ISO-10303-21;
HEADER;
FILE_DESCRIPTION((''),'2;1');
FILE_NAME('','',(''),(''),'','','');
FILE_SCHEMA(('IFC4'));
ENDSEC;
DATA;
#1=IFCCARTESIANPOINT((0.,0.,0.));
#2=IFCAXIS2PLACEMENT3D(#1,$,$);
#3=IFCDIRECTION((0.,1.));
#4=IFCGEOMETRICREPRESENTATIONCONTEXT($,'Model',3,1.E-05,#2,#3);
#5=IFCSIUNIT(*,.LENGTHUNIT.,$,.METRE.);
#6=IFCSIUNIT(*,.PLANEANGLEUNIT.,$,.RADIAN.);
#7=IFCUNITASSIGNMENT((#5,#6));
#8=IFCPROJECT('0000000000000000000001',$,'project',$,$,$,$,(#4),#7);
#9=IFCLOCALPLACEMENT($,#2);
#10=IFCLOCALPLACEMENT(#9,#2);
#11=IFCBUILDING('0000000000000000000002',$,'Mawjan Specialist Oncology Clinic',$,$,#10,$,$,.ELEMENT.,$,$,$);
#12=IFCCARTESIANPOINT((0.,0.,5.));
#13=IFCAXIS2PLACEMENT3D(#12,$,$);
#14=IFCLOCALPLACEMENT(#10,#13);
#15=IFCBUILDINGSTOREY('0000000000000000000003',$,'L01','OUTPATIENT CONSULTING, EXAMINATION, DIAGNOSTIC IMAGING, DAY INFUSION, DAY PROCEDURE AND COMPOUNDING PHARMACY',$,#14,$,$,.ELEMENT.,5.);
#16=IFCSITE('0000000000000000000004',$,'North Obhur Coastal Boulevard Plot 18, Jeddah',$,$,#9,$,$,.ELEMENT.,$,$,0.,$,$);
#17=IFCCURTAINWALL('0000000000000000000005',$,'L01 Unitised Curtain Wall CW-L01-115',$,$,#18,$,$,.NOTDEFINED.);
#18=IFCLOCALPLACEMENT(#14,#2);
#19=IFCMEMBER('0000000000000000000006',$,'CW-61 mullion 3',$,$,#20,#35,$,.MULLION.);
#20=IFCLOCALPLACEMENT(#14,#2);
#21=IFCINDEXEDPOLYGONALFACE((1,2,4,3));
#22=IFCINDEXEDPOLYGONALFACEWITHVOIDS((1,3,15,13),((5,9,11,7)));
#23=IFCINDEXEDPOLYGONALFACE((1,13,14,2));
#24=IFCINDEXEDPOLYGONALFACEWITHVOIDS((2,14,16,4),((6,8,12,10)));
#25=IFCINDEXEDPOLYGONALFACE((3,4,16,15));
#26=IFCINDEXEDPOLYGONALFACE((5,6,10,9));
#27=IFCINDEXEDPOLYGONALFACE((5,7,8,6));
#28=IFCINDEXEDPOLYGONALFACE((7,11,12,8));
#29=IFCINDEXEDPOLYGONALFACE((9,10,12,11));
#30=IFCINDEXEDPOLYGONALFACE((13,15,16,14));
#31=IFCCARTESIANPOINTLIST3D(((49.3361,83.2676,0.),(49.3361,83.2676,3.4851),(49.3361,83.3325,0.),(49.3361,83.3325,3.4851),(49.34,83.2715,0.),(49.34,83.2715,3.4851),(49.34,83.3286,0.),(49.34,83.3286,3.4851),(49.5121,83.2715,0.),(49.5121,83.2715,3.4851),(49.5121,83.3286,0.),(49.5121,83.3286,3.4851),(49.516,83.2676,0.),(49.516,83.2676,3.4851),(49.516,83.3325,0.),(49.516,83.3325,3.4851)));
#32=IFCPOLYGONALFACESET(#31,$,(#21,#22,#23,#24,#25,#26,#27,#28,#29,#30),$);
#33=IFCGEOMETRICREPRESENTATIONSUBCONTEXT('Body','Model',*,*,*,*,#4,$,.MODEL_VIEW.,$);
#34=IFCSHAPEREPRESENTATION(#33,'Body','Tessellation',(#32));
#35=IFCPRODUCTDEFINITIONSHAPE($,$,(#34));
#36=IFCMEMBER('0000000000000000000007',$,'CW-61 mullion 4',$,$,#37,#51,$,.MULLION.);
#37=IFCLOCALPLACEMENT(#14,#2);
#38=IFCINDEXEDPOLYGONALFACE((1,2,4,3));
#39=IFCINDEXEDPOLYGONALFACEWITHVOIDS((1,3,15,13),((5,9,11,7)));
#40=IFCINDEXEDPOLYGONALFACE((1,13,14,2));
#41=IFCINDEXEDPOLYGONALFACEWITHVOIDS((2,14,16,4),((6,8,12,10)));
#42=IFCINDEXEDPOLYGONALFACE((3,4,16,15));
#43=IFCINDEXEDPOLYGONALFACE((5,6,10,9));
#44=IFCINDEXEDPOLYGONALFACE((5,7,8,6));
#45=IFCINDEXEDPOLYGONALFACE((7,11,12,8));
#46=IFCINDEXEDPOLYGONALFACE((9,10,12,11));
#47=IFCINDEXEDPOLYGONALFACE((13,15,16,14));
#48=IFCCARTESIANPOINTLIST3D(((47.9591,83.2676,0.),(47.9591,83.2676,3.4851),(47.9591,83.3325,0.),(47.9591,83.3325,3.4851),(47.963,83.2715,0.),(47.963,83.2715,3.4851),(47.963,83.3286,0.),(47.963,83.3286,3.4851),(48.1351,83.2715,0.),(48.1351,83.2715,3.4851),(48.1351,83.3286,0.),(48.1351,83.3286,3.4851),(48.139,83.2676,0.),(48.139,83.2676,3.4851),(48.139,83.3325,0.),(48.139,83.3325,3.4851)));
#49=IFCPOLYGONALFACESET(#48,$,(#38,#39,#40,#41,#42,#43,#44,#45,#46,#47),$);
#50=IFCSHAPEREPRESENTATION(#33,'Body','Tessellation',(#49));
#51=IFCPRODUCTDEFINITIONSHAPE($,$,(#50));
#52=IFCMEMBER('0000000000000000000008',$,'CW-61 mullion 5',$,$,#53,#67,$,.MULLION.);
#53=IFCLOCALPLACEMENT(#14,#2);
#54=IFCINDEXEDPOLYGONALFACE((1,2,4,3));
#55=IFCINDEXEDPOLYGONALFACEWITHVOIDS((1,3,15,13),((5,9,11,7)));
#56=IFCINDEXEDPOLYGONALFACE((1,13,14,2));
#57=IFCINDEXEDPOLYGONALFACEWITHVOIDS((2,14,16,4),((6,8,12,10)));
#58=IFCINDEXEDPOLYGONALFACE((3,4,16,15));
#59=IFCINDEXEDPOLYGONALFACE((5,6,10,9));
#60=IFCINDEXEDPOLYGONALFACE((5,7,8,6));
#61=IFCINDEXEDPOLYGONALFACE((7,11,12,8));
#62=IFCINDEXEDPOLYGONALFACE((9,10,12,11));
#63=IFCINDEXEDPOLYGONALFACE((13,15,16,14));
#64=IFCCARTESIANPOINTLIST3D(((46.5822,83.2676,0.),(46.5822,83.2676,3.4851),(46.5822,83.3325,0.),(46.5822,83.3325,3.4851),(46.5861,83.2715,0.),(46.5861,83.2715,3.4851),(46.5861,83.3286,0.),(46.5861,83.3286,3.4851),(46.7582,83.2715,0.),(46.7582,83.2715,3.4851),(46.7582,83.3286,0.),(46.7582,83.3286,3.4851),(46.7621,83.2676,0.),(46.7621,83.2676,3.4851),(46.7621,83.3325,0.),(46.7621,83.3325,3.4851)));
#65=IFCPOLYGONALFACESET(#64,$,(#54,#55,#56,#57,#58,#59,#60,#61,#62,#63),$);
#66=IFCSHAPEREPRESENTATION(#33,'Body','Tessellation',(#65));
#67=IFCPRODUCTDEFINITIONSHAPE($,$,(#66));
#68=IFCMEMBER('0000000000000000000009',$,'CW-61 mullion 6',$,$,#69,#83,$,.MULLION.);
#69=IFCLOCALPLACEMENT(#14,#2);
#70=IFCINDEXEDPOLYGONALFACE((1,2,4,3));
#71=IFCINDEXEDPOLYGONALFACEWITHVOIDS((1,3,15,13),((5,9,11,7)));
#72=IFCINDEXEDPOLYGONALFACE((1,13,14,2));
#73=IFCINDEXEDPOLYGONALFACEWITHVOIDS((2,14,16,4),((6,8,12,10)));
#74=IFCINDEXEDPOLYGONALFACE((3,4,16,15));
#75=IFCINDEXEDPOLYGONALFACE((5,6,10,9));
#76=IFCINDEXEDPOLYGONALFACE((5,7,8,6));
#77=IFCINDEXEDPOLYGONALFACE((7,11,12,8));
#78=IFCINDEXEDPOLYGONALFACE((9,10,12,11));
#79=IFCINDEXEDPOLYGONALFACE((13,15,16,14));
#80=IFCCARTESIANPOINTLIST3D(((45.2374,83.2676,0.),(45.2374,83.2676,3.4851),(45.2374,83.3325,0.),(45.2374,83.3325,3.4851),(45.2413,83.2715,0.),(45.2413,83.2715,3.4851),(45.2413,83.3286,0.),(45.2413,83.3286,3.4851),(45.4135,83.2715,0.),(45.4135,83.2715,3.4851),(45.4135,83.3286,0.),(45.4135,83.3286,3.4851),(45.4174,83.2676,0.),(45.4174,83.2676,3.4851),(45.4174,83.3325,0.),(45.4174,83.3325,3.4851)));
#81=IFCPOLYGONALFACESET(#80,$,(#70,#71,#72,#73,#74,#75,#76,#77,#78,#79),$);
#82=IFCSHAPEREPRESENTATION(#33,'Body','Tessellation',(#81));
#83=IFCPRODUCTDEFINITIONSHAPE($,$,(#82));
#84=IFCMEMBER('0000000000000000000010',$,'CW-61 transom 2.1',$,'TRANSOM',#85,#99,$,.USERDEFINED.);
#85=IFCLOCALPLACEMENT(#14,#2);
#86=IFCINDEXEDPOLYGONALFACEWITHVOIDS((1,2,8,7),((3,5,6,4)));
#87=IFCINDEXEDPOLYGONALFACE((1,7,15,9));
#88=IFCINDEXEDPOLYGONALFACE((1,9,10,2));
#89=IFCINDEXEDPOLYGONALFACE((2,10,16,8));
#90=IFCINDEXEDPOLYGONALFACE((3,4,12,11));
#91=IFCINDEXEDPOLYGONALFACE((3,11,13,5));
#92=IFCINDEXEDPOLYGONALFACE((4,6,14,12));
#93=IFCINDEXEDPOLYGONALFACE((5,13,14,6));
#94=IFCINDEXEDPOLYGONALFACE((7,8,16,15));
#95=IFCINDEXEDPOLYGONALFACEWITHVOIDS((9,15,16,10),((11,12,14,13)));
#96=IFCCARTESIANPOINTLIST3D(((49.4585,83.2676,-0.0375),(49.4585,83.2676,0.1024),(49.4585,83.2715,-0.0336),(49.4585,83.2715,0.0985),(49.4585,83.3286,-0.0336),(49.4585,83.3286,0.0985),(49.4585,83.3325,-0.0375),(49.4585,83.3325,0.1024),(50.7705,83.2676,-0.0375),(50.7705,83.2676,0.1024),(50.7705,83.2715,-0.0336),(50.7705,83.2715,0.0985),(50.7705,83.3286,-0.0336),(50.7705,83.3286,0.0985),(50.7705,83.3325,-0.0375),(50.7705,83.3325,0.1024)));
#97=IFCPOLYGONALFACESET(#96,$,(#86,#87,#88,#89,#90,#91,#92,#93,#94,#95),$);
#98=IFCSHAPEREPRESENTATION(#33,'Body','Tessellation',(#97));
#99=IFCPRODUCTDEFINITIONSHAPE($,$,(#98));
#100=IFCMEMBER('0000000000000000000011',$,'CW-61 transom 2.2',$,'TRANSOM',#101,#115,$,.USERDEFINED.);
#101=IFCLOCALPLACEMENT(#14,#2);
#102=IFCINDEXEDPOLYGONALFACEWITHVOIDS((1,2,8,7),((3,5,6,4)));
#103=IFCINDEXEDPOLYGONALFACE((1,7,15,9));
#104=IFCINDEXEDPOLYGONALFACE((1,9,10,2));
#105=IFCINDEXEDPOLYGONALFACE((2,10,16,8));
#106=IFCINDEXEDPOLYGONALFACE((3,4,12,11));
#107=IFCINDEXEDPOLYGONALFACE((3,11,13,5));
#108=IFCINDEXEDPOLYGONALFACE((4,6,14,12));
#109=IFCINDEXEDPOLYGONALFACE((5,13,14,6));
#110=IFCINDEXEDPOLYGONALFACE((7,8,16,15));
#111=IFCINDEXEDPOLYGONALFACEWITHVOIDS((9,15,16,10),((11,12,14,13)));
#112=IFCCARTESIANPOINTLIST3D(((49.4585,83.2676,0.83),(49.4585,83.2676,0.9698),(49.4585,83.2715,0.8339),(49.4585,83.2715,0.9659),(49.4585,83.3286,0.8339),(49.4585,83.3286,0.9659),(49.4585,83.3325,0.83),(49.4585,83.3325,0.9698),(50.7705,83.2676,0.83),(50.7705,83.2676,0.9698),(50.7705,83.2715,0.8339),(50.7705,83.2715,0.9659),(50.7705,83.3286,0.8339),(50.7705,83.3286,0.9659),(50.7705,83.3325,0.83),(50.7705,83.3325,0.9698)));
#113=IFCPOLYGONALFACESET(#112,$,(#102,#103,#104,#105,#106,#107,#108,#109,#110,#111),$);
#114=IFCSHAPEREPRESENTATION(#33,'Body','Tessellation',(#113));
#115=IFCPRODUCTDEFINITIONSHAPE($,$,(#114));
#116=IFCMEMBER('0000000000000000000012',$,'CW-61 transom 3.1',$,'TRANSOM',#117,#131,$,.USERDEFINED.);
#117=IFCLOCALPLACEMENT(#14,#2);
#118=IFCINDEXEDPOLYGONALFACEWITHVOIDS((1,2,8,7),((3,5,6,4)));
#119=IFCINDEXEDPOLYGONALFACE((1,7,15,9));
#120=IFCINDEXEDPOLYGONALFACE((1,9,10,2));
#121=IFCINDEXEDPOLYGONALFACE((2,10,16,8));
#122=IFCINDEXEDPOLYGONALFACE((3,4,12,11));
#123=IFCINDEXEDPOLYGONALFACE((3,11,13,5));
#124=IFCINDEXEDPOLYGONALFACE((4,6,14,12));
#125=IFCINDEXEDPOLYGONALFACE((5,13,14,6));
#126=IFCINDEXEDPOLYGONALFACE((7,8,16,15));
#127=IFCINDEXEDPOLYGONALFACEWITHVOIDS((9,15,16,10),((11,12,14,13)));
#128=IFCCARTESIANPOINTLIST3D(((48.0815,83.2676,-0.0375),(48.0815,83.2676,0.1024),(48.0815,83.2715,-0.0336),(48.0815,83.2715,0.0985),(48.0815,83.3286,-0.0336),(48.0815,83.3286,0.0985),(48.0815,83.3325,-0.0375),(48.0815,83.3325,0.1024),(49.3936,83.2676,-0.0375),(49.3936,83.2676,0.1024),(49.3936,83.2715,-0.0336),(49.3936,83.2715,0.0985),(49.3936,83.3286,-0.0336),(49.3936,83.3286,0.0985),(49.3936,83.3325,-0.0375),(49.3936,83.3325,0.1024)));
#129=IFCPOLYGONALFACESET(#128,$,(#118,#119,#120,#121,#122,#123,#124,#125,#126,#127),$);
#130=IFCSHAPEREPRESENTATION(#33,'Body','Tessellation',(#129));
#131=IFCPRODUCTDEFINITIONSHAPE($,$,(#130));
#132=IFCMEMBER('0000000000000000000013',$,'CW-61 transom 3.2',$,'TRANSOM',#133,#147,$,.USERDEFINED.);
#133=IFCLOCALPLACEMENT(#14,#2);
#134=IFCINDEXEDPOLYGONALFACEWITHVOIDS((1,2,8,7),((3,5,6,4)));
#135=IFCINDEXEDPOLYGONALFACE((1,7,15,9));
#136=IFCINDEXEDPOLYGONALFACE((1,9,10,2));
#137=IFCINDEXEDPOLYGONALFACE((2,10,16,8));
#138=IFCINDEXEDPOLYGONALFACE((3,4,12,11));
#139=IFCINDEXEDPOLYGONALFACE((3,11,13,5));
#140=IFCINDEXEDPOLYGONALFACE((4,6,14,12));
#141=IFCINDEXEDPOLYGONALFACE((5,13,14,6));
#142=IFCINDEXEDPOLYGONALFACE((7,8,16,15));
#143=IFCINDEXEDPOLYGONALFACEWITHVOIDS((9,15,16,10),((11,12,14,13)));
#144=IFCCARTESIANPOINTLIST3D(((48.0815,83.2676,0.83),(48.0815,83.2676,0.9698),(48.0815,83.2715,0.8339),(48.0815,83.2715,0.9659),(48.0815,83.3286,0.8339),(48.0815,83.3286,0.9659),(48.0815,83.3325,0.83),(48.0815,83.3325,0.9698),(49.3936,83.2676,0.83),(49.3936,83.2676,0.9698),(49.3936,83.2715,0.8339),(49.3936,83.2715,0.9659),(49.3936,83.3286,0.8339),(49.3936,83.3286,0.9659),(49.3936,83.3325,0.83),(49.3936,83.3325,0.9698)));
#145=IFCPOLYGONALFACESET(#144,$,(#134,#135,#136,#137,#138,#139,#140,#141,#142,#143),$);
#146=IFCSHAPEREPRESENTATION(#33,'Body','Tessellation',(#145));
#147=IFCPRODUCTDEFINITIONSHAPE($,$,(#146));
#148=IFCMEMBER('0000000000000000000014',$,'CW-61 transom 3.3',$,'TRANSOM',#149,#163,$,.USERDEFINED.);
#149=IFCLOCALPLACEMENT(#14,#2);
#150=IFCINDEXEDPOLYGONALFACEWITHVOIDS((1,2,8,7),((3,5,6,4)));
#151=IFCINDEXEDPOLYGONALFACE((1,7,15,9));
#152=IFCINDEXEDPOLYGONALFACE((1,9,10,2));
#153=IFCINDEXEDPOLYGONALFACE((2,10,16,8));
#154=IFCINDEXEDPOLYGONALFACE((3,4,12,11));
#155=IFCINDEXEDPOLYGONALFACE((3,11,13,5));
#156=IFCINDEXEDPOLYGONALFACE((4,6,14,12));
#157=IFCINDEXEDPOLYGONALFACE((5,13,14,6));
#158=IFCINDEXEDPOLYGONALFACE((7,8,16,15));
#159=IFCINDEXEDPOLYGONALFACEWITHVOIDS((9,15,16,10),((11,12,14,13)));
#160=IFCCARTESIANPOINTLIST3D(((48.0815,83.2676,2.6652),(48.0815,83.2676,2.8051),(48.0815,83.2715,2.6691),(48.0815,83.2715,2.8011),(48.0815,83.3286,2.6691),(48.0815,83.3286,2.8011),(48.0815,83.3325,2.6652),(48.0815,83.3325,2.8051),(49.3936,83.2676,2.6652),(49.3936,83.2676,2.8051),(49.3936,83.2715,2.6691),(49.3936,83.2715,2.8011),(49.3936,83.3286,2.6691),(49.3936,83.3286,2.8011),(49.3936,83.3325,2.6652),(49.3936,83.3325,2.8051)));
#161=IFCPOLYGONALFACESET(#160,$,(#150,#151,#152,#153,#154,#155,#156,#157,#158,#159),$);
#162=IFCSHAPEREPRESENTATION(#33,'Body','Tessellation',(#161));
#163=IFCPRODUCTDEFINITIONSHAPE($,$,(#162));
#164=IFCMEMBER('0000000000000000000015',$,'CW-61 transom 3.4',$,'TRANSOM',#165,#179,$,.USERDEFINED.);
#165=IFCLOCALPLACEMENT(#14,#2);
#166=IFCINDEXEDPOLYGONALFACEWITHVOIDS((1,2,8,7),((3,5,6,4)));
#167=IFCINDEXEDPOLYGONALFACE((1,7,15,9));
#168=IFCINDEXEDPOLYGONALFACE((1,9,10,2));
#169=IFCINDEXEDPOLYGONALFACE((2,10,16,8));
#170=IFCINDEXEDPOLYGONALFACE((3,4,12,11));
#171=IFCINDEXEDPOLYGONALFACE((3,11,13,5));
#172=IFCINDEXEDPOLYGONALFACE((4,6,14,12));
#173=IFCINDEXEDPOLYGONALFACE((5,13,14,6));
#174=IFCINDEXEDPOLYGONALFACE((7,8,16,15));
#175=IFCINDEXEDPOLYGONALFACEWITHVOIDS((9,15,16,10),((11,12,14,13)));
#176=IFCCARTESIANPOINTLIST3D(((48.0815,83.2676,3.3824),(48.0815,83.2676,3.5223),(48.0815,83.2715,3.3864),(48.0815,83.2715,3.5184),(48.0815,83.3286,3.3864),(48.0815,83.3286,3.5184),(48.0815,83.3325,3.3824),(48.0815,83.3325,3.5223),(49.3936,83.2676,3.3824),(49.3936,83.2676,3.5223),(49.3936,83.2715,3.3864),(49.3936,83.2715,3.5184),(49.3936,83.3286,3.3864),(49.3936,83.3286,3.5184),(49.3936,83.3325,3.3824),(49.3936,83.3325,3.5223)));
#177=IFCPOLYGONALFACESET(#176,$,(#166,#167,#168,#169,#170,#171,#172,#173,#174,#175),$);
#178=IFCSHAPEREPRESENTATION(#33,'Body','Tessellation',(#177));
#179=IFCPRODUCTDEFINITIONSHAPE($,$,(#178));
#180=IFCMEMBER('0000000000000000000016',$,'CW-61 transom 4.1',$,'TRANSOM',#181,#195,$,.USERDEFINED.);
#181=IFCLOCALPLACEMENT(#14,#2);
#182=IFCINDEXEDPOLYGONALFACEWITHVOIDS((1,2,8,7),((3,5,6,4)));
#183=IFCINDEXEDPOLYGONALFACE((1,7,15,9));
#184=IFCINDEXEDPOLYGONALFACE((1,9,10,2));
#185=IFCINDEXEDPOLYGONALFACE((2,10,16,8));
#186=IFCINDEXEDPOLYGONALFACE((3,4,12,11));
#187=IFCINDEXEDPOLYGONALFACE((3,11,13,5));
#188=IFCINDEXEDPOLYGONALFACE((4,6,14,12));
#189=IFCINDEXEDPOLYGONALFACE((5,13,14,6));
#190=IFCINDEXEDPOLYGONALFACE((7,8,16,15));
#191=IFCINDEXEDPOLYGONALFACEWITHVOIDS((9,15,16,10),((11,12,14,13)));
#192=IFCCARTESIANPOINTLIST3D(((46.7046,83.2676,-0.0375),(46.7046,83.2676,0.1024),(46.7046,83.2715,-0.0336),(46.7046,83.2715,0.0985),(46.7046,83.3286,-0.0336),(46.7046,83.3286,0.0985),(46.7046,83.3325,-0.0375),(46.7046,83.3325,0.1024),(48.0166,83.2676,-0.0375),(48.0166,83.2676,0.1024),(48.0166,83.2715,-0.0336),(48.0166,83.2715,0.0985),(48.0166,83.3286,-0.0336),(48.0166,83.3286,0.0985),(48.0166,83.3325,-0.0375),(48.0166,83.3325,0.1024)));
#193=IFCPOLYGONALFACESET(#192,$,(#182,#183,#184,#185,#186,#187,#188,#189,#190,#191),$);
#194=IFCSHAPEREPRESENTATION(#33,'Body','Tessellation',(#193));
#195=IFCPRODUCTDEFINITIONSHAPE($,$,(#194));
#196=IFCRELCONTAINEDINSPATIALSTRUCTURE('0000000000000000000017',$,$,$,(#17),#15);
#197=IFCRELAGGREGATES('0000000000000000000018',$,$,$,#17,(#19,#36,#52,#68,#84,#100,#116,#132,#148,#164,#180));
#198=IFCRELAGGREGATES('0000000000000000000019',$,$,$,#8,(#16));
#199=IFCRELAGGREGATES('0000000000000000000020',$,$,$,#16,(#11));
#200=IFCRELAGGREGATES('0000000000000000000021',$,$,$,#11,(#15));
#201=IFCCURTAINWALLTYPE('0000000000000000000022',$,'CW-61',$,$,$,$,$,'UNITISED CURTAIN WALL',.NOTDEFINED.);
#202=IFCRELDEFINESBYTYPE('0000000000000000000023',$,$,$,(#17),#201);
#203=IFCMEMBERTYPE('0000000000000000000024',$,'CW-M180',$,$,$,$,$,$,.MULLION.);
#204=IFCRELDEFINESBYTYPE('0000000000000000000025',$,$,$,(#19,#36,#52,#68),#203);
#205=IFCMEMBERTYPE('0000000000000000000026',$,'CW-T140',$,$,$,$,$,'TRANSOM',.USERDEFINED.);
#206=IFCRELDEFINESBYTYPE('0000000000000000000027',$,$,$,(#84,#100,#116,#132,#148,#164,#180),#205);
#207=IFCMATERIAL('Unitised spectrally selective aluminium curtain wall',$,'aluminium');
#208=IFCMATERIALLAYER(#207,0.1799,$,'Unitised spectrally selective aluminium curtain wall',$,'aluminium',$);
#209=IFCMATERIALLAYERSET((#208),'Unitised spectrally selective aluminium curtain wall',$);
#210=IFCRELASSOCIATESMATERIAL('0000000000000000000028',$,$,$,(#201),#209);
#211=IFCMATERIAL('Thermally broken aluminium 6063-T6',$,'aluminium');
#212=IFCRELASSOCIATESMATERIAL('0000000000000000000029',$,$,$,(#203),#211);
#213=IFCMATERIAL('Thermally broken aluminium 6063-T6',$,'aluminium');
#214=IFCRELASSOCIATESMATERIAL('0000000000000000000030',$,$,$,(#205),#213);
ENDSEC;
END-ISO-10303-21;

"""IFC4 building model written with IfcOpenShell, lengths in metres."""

from ifc_helpers import new_model, si_unit, direction, frame, origin, origin_2d, place, context, subcontext, project, spatial, hollow_rectangle, extrude, material, layer, layer_set, material_profile, profile_set, type_object, element, aggregate, save


model = new_model("IFC4")

# Units and contexts
model_context = context("Model", 3, precision=1e-05, world=origin(), true_north=direction((0.0, 1.0)))
body_context = subcontext(model_context, "Body", "Model", "MODEL_VIEW")
ifc_project = project(units=[si_unit("LENGTHUNIT", "METRE"), si_unit("PLANEANGLEUNIT", "RADIAN")], contexts=[model_context])

# Site, building, storey
site_placement = place(None, origin())
site = spatial("IfcSite", under=ifc_project, at=site_placement, Name="North Obhur Coastal Boulevard Plot 18, Jeddah", CompositionType="ELEMENT", RefElevation=0.0)
building_placement = place(site_placement, origin())
building = spatial("IfcBuilding", under=site, at=building_placement, Name="Mawjan Specialist Oncology Clinic", CompositionType="ELEMENT")
storey_placement = place(building_placement, frame((0.0, 0.0, 5.0)))
storey = spatial("IfcBuildingStorey", under=building, at=storey_placement, Name="L01", Description="OUTPATIENT CONSULTING, EXAMINATION, DIAGNOSTIC IMAGING, DAY INFUSION, DAY PROCEDURE AND COMPOUNDING PHARMACY", CompositionType="ELEMENT", Elevation=5.0)

# Curtain wall, members
ifc_material_1 = material(Name="Unitised spectrally selective aluminium curtain wall", Category="aluminium")
ifc_layer_1 = layer(ifc_material_1, 0.1799, Name="Unitised spectrally selective aluminium curtain wall", Category="aluminium")
ifc_layer_set_1 = layer_set([ifc_layer_1], Name="Unitised spectrally selective aluminium curtain wall")
curtain_wall_type = type_object("IfcCurtainWallType", Name="CW-61", ElementType="UNITISED CURTAIN WALL", PredefinedType="NOTDEFINED", material=ifc_layer_set_1)
curtain_wall_placement = place(storey_placement, origin())
curtain_wall = element("IfcCurtainWall", 1, at=curtain_wall_placement, inside=storey, type_object=curtain_wall_type, Name="L01 Unitised Curtain Wall CW-L01-115", PredefinedType="NOTDEFINED")
ifc_material_2 = material(Name="Thermally broken aluminium 6063-T6", Category="aluminium")
ifc_material_profile_1 = material_profile(ifc_material_2, hollow_rectangle(XDim=0.0649, YDim=0.1799, WallThickness=0.0039, at=origin_2d()), Name="ALU MULLION 180x65x4", Category="aluminium")
ifc_profile_set_1 = profile_set([ifc_material_profile_1], Name="Thermally broken aluminium 6063-T6")
member_type_1 = type_object("IfcMemberType", Name="CW-M180", PredefinedType="MULLION", material=ifc_profile_set_1)
member_1_placement = place(storey_placement, frame((49.426, 83.3, 0.0), z_axis=(0.0, 0.0, 1.0), x_axis=(0.0, -1.0, 0.0)))
member_1 = element("IfcMember", 2, at=member_1_placement, type_object=member_type_1, Name="CW-61 mullion 3", PredefinedType="MULLION", context=body_context, shape_type="SweptSolid", body=[
    extrude(hollow_rectangle(XDim=0.0649, YDim=0.1799, WallThickness=0.0039, at=origin_2d()), origin(), (0.0, 0.0, 1.0), 3.4851),
])
member_2_placement = place(storey_placement, frame((48.0491, 83.3, 0.0), z_axis=(0.0, 0.0, 1.0), x_axis=(0.0, -1.0, 0.0)))
member_2 = element("IfcMember", 3, at=member_2_placement, type_object=member_type_1, Name="CW-61 mullion 4", PredefinedType="MULLION", context=body_context, shape_type="SweptSolid", body=[
    extrude(hollow_rectangle(XDim=0.0649, YDim=0.1799, WallThickness=0.0039, at=origin_2d()), origin(), (0.0, 0.0, 1.0), 3.4851),
])
member_3_placement = place(storey_placement, frame((46.6721, 83.3, 0.0), z_axis=(0.0, 0.0, 1.0), x_axis=(0.0, -1.0, 0.0)))
member_3 = element("IfcMember", 4, at=member_3_placement, type_object=member_type_1, Name="CW-61 mullion 5", PredefinedType="MULLION", context=body_context, shape_type="SweptSolid", body=[
    extrude(hollow_rectangle(XDim=0.0649, YDim=0.1799, WallThickness=0.0039, at=origin_2d()), origin(), (0.0, 0.0, 1.0), 3.4851),
])
member_4_placement = place(storey_placement, frame((45.3274, 83.3, 0.0), z_axis=(0.0, 0.0, 1.0), x_axis=(0.0, -1.0, 0.0)))
member_4 = element("IfcMember", 5, at=member_4_placement, type_object=member_type_1, Name="CW-61 mullion 6", PredefinedType="MULLION", context=body_context, shape_type="SweptSolid", body=[
    extrude(hollow_rectangle(XDim=0.0649, YDim=0.1799, WallThickness=0.0039, at=origin_2d()), origin(), (0.0, 0.0, 1.0), 3.4851),
])
ifc_material_3 = material(Name="Thermally broken aluminium 6063-T6", Category="aluminium")
ifc_material_profile_2 = material_profile(ifc_material_3, hollow_rectangle(XDim=0.0649, YDim=0.1399, WallThickness=0.0039, at=origin_2d()), Name="ALU TRANSOM 140x65x4", Category="aluminium")
ifc_profile_set_2 = profile_set([ifc_material_profile_2], Name="Thermally broken aluminium 6063-T6")
member_type_2 = type_object("IfcMemberType", Name="CW-T140", ElementType="TRANSOM", PredefinedType="USERDEFINED", material=ifc_profile_set_2)
member_5_placement = place(storey_placement, frame((50.7705, 83.3, 0.0325), z_axis=(-1.0, 0.0, 0.0), x_axis=(0.0, -1.0, 0.0)))
member_5 = element("IfcMember", 6, at=member_5_placement, type_object=member_type_2, Name="CW-61 transom 2.1", ObjectType="TRANSOM", PredefinedType="USERDEFINED", context=body_context, shape_type="SweptSolid", body=[
    extrude(hollow_rectangle(XDim=0.0649, YDim=0.1399, WallThickness=0.0039, at=origin_2d()), origin(), (0.0, 0.0, 1.0), 1.312),
])
member_6_placement = place(storey_placement, frame((50.7705, 83.3, 0.8999), z_axis=(-1.0, 0.0, 0.0), x_axis=(0.0, -1.0, 0.0)))
member_6 = element("IfcMember", 7, at=member_6_placement, type_object=member_type_2, Name="CW-61 transom 2.2", ObjectType="TRANSOM", PredefinedType="USERDEFINED", context=body_context, shape_type="SweptSolid", body=[
    extrude(hollow_rectangle(XDim=0.0649, YDim=0.1399, WallThickness=0.0039, at=origin_2d()), origin(), (0.0, 0.0, 1.0), 1.312),
])
member_7_placement = place(storey_placement, frame((49.3936, 83.3, 0.0325), z_axis=(-1.0, 0.0, 0.0), x_axis=(0.0, -1.0, 0.0)))
member_7 = element("IfcMember", 8, at=member_7_placement, type_object=member_type_2, Name="CW-61 transom 3.1", ObjectType="TRANSOM", PredefinedType="USERDEFINED", context=body_context, shape_type="SweptSolid", body=[
    extrude(hollow_rectangle(XDim=0.0649, YDim=0.1399, WallThickness=0.0039, at=origin_2d()), origin(), (0.0, 0.0, 1.0), 1.312),
])
member_8_placement = place(storey_placement, frame((49.3936, 83.3, 0.8999), z_axis=(-1.0, 0.0, 0.0), x_axis=(0.0, -1.0, 0.0)))
member_8 = element("IfcMember", 9, at=member_8_placement, type_object=member_type_2, Name="CW-61 transom 3.2", ObjectType="TRANSOM", PredefinedType="USERDEFINED", context=body_context, shape_type="SweptSolid", body=[
    extrude(hollow_rectangle(XDim=0.0649, YDim=0.1399, WallThickness=0.0039, at=origin_2d()), origin(), (0.0, 0.0, 1.0), 1.312),
])
member_9_placement = place(storey_placement, frame((49.3936, 83.3, 2.7351), z_axis=(-1.0, 0.0, 0.0), x_axis=(0.0, -1.0, 0.0)))
member_9 = element("IfcMember", 10, at=member_9_placement, type_object=member_type_2, Name="CW-61 transom 3.3", ObjectType="TRANSOM", PredefinedType="USERDEFINED", context=body_context, shape_type="SweptSolid", body=[
    extrude(hollow_rectangle(XDim=0.0649, YDim=0.1399, WallThickness=0.0039, at=origin_2d()), origin(), (0.0, 0.0, 1.0), 1.312),
])
member_10_placement = place(storey_placement, frame((49.3936, 83.3, 3.4524), z_axis=(-1.0, 0.0, 0.0), x_axis=(0.0, -1.0, 0.0)))
member_10 = element("IfcMember", 11, at=member_10_placement, type_object=member_type_2, Name="CW-61 transom 3.4", ObjectType="TRANSOM", PredefinedType="USERDEFINED", context=body_context, shape_type="SweptSolid", body=[
    extrude(hollow_rectangle(XDim=0.0649, YDim=0.1399, WallThickness=0.0039, at=origin_2d()), origin(), (0.0, 0.0, 1.0), 1.312),
])
member_11_placement = place(storey_placement, frame((48.0166, 83.3, 0.0325), z_axis=(-1.0, 0.0, 0.0), x_axis=(0.0, -1.0, 0.0)))
member_11 = element("IfcMember", 12, at=member_11_placement, type_object=member_type_2, Name="CW-61 transom 4.1", ObjectType="TRANSOM", PredefinedType="USERDEFINED", context=body_context, shape_type="SweptSolid", body=[
    extrude(hollow_rectangle(XDim=0.0649, YDim=0.1399, WallThickness=0.0039, at=origin_2d()), origin(), (0.0, 0.0, 1.0), 1.312),
])

aggregate(curtain_wall, [member_1, member_2, member_3, member_4, member_5, member_6, member_7, member_8, member_9, member_10, member_11])

save(model, "model.ifc")
